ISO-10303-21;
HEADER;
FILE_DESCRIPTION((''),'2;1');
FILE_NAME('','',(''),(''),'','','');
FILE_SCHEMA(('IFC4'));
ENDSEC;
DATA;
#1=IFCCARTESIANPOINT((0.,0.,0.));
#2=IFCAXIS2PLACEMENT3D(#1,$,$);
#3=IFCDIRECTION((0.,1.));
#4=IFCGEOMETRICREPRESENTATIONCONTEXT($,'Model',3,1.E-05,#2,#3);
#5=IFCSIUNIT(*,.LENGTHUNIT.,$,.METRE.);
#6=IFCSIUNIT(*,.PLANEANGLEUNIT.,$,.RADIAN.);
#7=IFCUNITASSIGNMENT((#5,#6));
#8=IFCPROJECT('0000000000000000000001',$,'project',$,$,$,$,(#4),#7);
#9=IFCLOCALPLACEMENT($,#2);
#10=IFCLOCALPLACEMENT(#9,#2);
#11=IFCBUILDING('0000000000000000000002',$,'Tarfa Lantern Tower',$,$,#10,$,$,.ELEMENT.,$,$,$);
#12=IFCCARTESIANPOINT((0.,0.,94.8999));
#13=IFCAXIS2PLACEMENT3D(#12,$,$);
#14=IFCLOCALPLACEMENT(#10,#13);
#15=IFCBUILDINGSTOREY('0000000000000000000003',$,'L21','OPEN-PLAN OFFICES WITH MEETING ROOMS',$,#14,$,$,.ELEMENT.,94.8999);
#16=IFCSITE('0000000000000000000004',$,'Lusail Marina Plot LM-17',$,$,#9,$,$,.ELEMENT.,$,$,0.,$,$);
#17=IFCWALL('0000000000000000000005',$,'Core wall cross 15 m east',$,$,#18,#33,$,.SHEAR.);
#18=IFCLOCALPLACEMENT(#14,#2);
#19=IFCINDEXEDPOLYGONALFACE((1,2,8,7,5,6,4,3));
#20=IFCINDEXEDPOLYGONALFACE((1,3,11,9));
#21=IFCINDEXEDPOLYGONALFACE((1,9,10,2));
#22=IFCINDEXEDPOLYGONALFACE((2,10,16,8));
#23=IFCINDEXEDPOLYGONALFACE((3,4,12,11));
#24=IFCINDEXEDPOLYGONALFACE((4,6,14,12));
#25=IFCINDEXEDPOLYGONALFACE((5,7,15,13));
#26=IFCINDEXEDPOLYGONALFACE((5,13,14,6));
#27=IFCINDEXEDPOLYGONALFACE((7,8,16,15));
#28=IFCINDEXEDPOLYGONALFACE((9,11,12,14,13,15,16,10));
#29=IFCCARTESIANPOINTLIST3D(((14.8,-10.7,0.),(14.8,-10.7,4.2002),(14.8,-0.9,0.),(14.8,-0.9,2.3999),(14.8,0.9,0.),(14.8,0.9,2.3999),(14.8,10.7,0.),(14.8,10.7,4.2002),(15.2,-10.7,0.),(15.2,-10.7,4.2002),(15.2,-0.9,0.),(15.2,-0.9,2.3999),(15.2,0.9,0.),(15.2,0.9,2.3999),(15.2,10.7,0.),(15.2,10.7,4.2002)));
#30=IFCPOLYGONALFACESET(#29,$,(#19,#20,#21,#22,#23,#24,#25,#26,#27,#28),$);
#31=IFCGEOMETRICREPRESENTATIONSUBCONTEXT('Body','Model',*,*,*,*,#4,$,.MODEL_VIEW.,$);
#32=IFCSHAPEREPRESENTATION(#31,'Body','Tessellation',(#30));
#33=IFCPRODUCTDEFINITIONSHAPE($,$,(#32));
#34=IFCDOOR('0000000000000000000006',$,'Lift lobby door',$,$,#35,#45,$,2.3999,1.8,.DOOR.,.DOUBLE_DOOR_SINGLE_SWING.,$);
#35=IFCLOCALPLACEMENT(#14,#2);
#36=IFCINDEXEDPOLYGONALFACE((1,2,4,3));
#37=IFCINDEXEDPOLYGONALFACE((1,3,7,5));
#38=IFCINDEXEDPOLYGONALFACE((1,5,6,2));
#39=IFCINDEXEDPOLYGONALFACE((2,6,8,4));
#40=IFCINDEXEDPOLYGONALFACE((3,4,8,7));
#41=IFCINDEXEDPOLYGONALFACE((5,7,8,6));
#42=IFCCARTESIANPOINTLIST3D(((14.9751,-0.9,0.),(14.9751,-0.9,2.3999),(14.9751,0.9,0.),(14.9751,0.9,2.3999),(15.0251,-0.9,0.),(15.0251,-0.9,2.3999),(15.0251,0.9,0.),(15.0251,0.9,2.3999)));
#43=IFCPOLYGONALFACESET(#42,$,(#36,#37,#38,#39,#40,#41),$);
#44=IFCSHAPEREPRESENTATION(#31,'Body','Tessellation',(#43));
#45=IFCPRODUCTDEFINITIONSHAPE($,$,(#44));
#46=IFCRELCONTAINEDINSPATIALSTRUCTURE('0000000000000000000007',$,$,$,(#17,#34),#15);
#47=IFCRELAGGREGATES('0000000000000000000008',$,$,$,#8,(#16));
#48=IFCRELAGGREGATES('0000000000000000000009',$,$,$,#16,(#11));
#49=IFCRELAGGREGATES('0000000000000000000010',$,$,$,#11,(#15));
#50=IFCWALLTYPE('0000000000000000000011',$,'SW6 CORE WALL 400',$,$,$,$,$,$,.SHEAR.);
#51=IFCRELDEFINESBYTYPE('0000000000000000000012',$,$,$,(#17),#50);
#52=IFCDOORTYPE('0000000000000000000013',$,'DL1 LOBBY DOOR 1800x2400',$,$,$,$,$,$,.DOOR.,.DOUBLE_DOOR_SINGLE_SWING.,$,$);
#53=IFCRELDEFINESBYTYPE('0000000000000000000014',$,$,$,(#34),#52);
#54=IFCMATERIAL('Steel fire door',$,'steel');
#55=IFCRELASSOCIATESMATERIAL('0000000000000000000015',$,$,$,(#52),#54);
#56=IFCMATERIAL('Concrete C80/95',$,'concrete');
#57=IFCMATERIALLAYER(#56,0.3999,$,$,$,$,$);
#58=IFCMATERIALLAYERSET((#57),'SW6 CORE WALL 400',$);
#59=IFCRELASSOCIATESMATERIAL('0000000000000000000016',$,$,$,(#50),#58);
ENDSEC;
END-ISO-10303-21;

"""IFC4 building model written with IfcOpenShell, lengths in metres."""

from ifc_helpers import new_model, si_unit, direction, frame, frame_2d, origin, place, context, subcontext, project, spatial, rectangle, extrude, material, layer, layer_set, type_object, element, fill, save


model = new_model("IFC4")

# Units and contexts
model_context = context("Model", 3, precision=1e-05, world=origin(), true_north=direction((0.0, 1.0)))
body_context = subcontext(model_context, "Body", "Model", "MODEL_VIEW")
ifc_project = project(units=[si_unit("LENGTHUNIT", "METRE"), si_unit("PLANEANGLEUNIT", "RADIAN")], contexts=[model_context])

# Site, building, storey
site_placement = place(None, origin())
site = spatial("IfcSite", under=ifc_project, at=site_placement, Name="Lusail Marina Plot LM-17", CompositionType="ELEMENT", RefElevation=0.0)
building_placement = place(site_placement, origin())
building = spatial("IfcBuilding", under=site, at=building_placement, Name="Tarfa Lantern Tower", CompositionType="ELEMENT")
storey_placement = place(building_placement, frame((0.0, 0.0, 94.8999)))
storey = spatial("IfcBuildingStorey", under=building, at=storey_placement, Name="L21", Description="OPEN-PLAN OFFICES WITH MEETING ROOMS", CompositionType="ELEMENT", Elevation=94.8999)

# Shared definitions
ifc_material_1 = material(Name="Concrete C80/95", Category="concrete")
ifc_material_2 = material(Name="Steel fire door", Category="steel")
door_type_1 = type_object("IfcDoorType", Name="DL1 LOBBY DOOR 1800x2400", OperationType="DOUBLE_DOOR_SINGLE_SWING", PredefinedType="DOOR", material=ifc_material_2)

# Wall, opening, door
ifc_layer_1 = layer(ifc_material_1, 0.3999)
ifc_layer_set_1 = layer_set([ifc_layer_1], Name="SW6 CORE WALL 400")
wall_type_1 = type_object("IfcWallType", Name="SW6 CORE WALL 400", PredefinedType="SHEAR", material=ifc_layer_set_1)
wall_1_placement = place(storey_placement, frame((15.0, -10.7, 0.0), z_axis=(0.0, 0.0, 1.0), x_axis=(0.0, 1.0, 0.0)))
wall_1 = element("IfcWall", 1, at=wall_1_placement, inside=storey, type_object=wall_type_1, Name="Core wall cross 15 m east", PredefinedType="SHEAR", context=body_context, shape_type="SweptSolid", body=[
    extrude(rectangle(XDim=21.3999, YDim=0.3999, at=frame_2d((10.7, 0.0))), origin(), (0.0, 0.0, 1.0), 4.2002),
])
opening_1_placement = place(wall_1_placement, frame((9.8, 0.0, 0.0)))
opening_1 = element("IfcOpeningElement", 2, at=opening_1_placement, cuts=wall_1, PredefinedType="OPENING", context=body_context, shape_type="SweptSolid", body=[
    extrude(rectangle(XDim=1.8, YDim=2.3999, at=frame_2d((0.8999, 1.2))), frame((0.0, 0.21, 0.0), z_axis=(0.0, -1.0, 0.0), x_axis=(1.0, 0.0, 0.0)), (0.0, 0.0, 1.0), 0.4199),
])
door_1_placement = place(opening_1_placement, origin())
door_1 = element("IfcDoor", 3, at=door_1_placement, inside=storey, type_object=door_type_1, Name="Lift lobby door", OperationType="DOUBLE_DOOR_SINGLE_SWING", OverallHeight=2.3999, OverallWidth=1.8, PredefinedType="DOOR", context=body_context, shape_type="SweptSolid", body=[
    extrude(rectangle(XDim=1.8, YDim=2.3999, at=frame_2d((0.8999, 1.2))), frame((0.0, 0.0249, 0.0), z_axis=(0.0, -1.0, 0.0), x_axis=(1.0, 0.0, 0.0)), (0.0, 0.0, 1.0), 0.05),
])
fill(opening_1, door_1)

save(model, "model.ifc")
